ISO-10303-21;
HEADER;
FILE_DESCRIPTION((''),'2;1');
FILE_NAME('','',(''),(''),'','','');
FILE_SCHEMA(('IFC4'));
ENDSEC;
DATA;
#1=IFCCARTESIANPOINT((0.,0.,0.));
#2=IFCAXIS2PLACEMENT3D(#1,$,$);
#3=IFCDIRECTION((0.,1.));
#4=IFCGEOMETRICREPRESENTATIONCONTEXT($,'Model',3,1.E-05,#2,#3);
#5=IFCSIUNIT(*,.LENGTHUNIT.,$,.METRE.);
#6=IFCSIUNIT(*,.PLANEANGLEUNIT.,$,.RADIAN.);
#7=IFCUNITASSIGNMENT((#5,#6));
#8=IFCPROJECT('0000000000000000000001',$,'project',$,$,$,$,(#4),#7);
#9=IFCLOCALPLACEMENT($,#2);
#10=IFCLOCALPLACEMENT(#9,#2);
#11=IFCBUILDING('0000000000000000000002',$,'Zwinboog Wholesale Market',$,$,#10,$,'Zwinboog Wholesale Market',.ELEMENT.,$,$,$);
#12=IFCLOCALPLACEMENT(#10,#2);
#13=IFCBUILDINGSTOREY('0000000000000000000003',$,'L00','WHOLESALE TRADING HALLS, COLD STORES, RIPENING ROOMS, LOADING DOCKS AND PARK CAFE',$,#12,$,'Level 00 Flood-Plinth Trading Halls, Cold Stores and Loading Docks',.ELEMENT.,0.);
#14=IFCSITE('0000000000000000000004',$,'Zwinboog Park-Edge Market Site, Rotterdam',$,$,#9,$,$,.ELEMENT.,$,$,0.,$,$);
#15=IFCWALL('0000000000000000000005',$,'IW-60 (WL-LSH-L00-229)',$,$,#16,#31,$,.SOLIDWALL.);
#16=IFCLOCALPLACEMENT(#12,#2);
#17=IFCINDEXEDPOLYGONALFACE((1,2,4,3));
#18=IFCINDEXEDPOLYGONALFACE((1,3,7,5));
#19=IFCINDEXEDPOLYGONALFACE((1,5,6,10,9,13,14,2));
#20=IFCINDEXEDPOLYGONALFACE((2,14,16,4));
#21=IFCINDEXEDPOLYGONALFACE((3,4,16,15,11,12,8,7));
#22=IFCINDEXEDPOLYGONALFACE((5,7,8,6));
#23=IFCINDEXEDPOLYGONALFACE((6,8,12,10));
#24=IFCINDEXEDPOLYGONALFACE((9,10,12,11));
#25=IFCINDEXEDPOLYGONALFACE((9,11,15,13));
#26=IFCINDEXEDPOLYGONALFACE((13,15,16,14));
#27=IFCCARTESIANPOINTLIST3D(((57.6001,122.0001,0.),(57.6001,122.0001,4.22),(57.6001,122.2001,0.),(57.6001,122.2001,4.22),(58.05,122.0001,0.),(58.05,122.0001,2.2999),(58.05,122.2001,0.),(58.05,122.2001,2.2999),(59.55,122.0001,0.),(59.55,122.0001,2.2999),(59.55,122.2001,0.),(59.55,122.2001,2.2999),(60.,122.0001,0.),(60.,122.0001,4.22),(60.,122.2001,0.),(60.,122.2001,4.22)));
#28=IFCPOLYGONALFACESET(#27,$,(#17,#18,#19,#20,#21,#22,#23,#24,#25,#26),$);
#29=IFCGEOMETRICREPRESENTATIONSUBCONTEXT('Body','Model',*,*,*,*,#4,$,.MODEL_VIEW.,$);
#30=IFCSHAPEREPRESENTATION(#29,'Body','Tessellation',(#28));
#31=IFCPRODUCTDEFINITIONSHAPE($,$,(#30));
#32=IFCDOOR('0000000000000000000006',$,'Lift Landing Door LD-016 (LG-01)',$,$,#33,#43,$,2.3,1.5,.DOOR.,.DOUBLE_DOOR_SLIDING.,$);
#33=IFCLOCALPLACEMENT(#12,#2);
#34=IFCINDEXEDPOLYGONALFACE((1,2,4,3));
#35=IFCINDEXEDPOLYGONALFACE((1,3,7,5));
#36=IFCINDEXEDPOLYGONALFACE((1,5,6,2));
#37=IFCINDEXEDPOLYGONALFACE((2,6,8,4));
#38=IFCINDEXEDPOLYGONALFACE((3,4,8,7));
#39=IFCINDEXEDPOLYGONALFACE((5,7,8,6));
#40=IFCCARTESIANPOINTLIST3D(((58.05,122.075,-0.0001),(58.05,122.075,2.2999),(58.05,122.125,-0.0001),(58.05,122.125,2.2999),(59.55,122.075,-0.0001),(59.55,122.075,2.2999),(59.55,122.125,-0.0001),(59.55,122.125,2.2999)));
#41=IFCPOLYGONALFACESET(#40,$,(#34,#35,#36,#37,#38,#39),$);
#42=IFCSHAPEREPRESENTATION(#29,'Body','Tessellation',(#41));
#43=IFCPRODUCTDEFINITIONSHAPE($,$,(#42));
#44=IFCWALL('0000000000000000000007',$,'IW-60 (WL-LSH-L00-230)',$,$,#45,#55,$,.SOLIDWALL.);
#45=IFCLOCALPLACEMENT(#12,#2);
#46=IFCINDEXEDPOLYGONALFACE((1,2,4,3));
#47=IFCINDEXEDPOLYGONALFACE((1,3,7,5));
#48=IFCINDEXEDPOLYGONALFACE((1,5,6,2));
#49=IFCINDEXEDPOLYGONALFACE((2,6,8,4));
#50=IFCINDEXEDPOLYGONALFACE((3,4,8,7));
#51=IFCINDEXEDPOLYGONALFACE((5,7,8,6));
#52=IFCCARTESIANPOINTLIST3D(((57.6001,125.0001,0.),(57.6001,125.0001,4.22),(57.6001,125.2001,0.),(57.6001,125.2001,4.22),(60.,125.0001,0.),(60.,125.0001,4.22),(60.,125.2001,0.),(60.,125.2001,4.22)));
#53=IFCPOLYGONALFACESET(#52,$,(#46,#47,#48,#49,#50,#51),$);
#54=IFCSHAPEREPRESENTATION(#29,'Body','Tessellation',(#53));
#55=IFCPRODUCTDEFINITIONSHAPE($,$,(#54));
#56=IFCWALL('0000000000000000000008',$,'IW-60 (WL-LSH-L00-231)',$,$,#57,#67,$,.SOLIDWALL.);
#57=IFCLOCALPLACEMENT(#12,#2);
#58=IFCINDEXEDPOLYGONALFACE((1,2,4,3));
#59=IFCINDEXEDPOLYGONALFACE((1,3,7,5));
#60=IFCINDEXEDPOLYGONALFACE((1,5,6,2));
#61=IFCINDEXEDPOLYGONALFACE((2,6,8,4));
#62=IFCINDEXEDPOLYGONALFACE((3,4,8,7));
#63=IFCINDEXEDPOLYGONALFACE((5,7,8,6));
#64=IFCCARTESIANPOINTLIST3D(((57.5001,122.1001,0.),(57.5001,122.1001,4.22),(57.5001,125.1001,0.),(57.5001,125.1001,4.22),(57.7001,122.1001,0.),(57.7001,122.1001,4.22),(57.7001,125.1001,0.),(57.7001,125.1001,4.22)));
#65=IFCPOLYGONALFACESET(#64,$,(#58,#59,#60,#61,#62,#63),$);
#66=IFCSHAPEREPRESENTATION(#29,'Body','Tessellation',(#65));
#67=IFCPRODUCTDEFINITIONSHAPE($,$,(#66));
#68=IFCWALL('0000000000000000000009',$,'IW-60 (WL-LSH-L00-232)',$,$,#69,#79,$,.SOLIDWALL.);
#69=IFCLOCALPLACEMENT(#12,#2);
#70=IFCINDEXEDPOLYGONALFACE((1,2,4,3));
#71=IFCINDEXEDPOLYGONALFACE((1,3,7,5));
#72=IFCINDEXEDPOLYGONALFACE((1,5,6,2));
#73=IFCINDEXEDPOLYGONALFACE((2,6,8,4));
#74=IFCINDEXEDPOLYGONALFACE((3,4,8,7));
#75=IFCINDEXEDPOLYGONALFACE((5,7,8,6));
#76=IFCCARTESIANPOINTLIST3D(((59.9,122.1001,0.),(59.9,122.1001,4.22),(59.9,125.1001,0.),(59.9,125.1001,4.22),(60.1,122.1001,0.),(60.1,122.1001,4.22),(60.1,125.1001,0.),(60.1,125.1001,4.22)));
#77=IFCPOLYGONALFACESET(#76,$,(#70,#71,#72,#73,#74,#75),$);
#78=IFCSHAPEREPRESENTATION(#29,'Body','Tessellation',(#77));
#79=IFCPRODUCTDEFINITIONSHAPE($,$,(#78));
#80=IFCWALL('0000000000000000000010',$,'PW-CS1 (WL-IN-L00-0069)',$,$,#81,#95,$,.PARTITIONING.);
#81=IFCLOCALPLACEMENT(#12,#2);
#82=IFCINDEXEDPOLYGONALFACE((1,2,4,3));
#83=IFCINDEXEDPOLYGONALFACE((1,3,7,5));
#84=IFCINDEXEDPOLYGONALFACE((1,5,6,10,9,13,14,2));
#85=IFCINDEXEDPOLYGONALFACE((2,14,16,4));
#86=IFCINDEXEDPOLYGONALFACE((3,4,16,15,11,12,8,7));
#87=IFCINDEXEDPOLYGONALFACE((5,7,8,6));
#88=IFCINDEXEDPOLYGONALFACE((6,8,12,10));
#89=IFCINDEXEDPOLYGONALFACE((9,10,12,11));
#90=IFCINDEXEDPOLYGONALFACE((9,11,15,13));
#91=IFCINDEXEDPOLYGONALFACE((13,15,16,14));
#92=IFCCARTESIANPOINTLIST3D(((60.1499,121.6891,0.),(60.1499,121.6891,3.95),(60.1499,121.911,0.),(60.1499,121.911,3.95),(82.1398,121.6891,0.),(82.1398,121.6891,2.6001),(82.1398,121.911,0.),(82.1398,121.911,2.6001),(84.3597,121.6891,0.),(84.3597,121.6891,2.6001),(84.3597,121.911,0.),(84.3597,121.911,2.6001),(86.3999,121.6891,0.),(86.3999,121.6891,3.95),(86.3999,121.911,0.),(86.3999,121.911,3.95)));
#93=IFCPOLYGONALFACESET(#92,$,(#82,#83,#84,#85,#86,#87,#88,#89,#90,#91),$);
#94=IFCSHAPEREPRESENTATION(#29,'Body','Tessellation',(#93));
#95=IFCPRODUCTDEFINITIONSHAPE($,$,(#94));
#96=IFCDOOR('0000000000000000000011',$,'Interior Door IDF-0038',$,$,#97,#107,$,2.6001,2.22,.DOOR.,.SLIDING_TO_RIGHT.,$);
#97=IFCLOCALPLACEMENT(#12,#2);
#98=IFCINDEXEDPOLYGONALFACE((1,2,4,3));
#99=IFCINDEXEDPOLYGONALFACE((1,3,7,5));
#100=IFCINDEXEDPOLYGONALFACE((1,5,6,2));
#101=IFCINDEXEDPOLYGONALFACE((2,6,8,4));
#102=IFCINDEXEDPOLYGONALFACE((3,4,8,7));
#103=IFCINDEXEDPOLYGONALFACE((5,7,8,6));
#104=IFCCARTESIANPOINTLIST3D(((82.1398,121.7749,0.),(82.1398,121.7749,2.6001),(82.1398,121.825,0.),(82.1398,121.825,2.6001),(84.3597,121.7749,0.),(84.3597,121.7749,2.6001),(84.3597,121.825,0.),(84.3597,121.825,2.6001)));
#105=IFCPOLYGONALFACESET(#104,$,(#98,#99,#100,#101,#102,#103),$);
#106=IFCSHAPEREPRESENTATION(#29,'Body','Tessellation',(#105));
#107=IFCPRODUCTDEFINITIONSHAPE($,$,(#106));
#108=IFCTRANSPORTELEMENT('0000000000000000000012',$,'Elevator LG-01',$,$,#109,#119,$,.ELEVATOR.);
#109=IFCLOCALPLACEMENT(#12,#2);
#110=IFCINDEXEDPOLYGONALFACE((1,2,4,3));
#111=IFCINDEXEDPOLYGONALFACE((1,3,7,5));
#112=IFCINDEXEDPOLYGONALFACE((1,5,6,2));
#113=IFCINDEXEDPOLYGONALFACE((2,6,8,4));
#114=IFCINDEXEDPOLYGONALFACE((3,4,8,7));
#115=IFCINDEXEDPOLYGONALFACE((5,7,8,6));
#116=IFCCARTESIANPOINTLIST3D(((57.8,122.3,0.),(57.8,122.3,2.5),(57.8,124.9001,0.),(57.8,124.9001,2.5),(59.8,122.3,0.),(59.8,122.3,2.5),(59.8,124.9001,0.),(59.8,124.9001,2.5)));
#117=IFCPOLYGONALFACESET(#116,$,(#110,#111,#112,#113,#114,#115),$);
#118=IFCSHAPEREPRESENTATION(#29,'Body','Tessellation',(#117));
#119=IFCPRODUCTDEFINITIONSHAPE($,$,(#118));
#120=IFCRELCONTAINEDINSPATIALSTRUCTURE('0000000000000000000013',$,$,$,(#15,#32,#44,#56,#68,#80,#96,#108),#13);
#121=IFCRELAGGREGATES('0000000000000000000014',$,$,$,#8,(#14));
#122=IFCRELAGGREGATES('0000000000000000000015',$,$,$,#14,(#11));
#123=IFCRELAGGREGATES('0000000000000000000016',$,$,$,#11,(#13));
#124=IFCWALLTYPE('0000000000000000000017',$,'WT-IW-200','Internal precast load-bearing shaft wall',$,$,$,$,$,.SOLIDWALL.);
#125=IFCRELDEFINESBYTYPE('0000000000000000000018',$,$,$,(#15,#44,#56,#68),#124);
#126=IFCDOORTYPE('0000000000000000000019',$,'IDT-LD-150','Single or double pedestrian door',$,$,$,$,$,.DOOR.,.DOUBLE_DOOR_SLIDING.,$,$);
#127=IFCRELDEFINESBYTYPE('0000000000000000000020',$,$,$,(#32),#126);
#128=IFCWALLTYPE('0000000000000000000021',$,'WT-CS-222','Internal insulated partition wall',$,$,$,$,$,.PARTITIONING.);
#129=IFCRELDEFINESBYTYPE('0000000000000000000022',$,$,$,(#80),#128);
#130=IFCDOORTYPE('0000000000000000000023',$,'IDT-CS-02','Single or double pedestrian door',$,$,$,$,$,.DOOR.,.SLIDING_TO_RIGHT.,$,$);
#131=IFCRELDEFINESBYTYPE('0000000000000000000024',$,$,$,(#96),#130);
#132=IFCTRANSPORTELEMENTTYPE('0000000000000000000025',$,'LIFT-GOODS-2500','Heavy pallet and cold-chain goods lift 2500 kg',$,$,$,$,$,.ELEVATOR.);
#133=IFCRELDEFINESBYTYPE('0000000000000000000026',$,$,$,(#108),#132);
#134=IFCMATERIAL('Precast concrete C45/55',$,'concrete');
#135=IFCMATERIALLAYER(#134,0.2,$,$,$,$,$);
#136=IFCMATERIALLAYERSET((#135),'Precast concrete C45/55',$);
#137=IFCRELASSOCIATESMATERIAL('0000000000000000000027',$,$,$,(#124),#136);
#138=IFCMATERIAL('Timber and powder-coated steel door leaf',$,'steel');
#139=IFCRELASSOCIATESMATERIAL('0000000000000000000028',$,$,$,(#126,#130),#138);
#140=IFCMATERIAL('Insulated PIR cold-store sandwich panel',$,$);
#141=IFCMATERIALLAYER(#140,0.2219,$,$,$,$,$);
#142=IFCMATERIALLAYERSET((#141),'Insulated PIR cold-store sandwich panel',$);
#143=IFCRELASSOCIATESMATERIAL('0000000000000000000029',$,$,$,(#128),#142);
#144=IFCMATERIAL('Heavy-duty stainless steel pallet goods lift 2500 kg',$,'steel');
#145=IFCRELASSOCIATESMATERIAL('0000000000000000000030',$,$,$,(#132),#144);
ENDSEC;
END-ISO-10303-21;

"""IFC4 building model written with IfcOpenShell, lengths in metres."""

from ifc_helpers import new_model, si_unit, direction, frame, frame_2d, origin, origin_2d, place, context, subcontext, project, spatial, rectangle, extrude, material, layer, layer_set, type_object, element, fill, save


model = new_model("IFC4")

# Units and contexts
model_context = context("Model", 3, precision=1e-05, world=origin(), true_north=direction((0.0, 1.0)))
body_context = subcontext(model_context, "Body", "Model", "MODEL_VIEW")
ifc_project = project(units=[si_unit("LENGTHUNIT", "METRE"), si_unit("PLANEANGLEUNIT", "RADIAN")], contexts=[model_context])

# Site, building, storey
site_placement = place(None, origin())
site = spatial("IfcSite", under=ifc_project, at=site_placement, Name="Zwinboog Park-Edge Market Site, Rotterdam", CompositionType="ELEMENT", RefElevation=0.0)
building_placement = place(site_placement, origin())
building = spatial("IfcBuilding", under=site, at=building_placement, Name="Zwinboog Wholesale Market", LongName="Zwinboog Wholesale Market", CompositionType="ELEMENT")
storey_placement = place(building_placement, origin())
storey = spatial("IfcBuildingStorey", under=building, at=storey_placement, Name="L00", Description="WHOLESALE TRADING HALLS, COLD STORES, RIPENING ROOMS, LOADING DOCKS AND PARK CAFE", LongName="Level 00 Flood-Plinth Trading Halls, Cold Stores and Loading Docks", CompositionType="ELEMENT", Elevation=0.0)

# Shared definitions
ifc_material_1 = material(Name="Precast concrete C45/55", Category="concrete")

# Wall, opening, door
ifc_layer_1 = layer(ifc_material_1, 0.2)
ifc_layer_set_1 = layer_set([ifc_layer_1], Name="Precast concrete C45/55")
wall_type_1 = type_object("IfcWallType", Name="WT-IW-200", Description="Internal precast load-bearing shaft wall", PredefinedType="SOLIDWALL", material=ifc_layer_set_1)
wall_1_placement = place(storey_placement, frame((57.6001, 122.1001, 0.0), z_axis=(0.0, 0.0, 1.0), x_axis=(1.0, 0.0, 0.0)))
wall_1 = element("IfcWall", 1, at=wall_1_placement, inside=storey, type_object=wall_type_1, Name="IW-60 (WL-LSH-L00-229)", PredefinedType="SOLIDWALL", context=body_context, shape_type="SweptSolid", body=[
    extrude(rectangle(XDim=2.3999, YDim=0.2, at=frame_2d((1.2, 0.0))), origin(), (0.0, 0.0, 1.0), 4.22),
])
opening_1_placement = place(wall_1_placement, frame((0.45, 0.0, 0.0)))
opening_1 = element("IfcOpeningElement", 2, at=opening_1_placement, cuts=wall_1, PredefinedType="OPENING", context=body_context, shape_type="SweptSolid", body=[
    extrude(rectangle(XDim=1.5, YDim=2.3, at=frame_2d((0.75, 1.1499))), frame((0.0, 0.1099, 0.0), z_axis=(0.0, -1.0, 0.0), x_axis=(1.0, 0.0, 0.0)), (0.0, 0.0, 1.0), 0.22),
])
ifc_material_2 = material(Name="Timber and powder-coated steel door leaf", Category="steel")
door_type_1 = type_object("IfcDoorType", Name="IDT-LD-150", Description="Single or double pedestrian door", OperationType="DOUBLE_DOOR_SLIDING", PredefinedType="DOOR", material=ifc_material_2)
door_1_placement = place(opening_1_placement, origin())
door_1 = element("IfcDoor", 3, at=door_1_placement, inside=storey, type_object=door_type_1, Name="Lift Landing Door LD-016 (LG-01)", OperationType="DOUBLE_DOOR_SLIDING", OverallHeight=2.3, OverallWidth=1.5, PredefinedType="DOOR", context=body_context, shape_type="SweptSolid", body=[
    extrude(rectangle(XDim=1.5, YDim=2.3, at=frame_2d((0.75, 1.1499))), frame((0.0, 0.0249, 0.0), z_axis=(0.0, -1.0, 0.0), x_axis=(1.0, 0.0, 0.0)), (0.0, 0.0, 1.0), 0.05),
])
fill(opening_1, door_1)

# Walls
wall_2_placement = place(storey_placement, frame((57.6001, 125.1001, 0.0), z_axis=(0.0, 0.0, 1.0), x_axis=(1.0, 0.0, 0.0)))
element("IfcWall", 4, at=wall_2_placement, inside=storey, type_object=wall_type_1, Name="IW-60 (WL-LSH-L00-230)", PredefinedType="SOLIDWALL", context=body_context, shape_type="SweptSolid", body=[
    extrude(rectangle(XDim=2.3999, YDim=0.2, at=frame_2d((1.2, 0.0))), origin(), (0.0, 0.0, 1.0), 4.22),
])
for number, where, z_axis, x_axis, name in (
    (5, (57.6001, 122.1001, 0.0), (0.0, 0.0, 1.0), (0.0, 1.0, 0.0), "IW-60 (WL-LSH-L00-231)"),
    (6, (60.0, 122.1001, 0.0), (0.0, 0.0, 1.0), (0.0, 1.0, 0.0), "IW-60 (WL-LSH-L00-232)"),
):
    element("IfcWall", number, at=place(storey_placement, frame(where, z_axis=z_axis, x_axis=x_axis)), inside=storey, type_object=wall_type_1, Name=name, PredefinedType="SOLIDWALL", context=body_context, shape_type="SweptSolid", body=[
        extrude(rectangle(XDim=3.0, YDim=0.2, at=frame_2d((1.5, 0.0))), origin(), (0.0, 0.0, 1.0), 4.22),
    ])

# Wall, opening, door
ifc_material_3 = material(Name="Insulated PIR cold-store sandwich panel")
ifc_layer_2 = layer(ifc_material_3, 0.2219)
ifc_layer_set_2 = layer_set([ifc_layer_2], Name="Insulated PIR cold-store sandwich panel")
wall_type_2 = type_object("IfcWallType", Name="WT-CS-222", Description="Internal insulated partition wall", PredefinedType="PARTITIONING", material=ifc_layer_set_2)
wall_3_placement = place(storey_placement, frame((60.1499, 121.8, 0.0), z_axis=(0.0, 0.0, 1.0), x_axis=(1.0, 0.0, 0.0)))
wall_3 = element("IfcWall", 7, at=wall_3_placement, inside=storey, type_object=wall_type_2, Name="PW-CS1 (WL-IN-L00-0069)", PredefinedType="PARTITIONING", context=body_context, shape_type="SweptSolid", body=[
    extrude(rectangle(XDim=26.25, YDim=0.2219, at=frame_2d((13.125, 0.0))), origin(), (0.0, 0.0, 1.0), 3.95),
])
opening_2_placement = place(wall_3_placement, frame((21.99, 0.0, 0.0)))
opening_2 = element("IfcOpeningElement", 8, at=opening_2_placement, cuts=wall_3, PredefinedType="OPENING", context=body_context, shape_type="SweptSolid", body=[
    extrude(rectangle(XDim=2.22, YDim=2.6001, at=frame_2d((1.1099, 1.3))), frame((0.0, 0.1208, 0.0), z_axis=(0.0, -1.0, 0.0), x_axis=(1.0, 0.0, 0.0)), (0.0, 0.0, 1.0), 0.2419),
])
door_type_2 = type_object("IfcDoorType", Name="IDT-CS-02", Description="Single or double pedestrian door", OperationType="SLIDING_TO_RIGHT", PredefinedType="DOOR", material=ifc_material_2)
door_2_placement = place(opening_2_placement, origin())
door_2 = element("IfcDoor", 9, at=door_2_placement, inside=storey, type_object=door_type_2, Name="Interior Door IDF-0038", OperationType="SLIDING_TO_RIGHT", OverallHeight=2.6001, OverallWidth=2.22, PredefinedType="DOOR", context=body_context, shape_type="SweptSolid", body=[
    extrude(rectangle(XDim=2.22, YDim=2.6001, at=frame_2d((1.1099, 1.3))), frame((0.0, 0.0249, 0.0), z_axis=(0.0, -1.0, 0.0), x_axis=(1.0, 0.0, 0.0)), (0.0, 0.0, 1.0), 0.05),
])
fill(opening_2, door_2)

# Transport element
ifc_material_4 = material(Name="Heavy-duty stainless steel pallet goods lift 2500 kg", Category="steel")
transport_element_type = type_object("IfcTransportElementType", Name="LIFT-GOODS-2500", Description="Heavy pallet and cold-chain goods lift 2500 kg", PredefinedType="ELEVATOR", material=ifc_material_4)
transport_element_placement = place(storey_placement, frame((58.8, 123.6001, 0.0), z_axis=(0.0, 0.0, 1.0), x_axis=(1.0, 0.0, 0.0)))
element("IfcTransportElement", 10, at=transport_element_placement, inside=storey, type_object=transport_element_type, Name="Elevator LG-01", PredefinedType="ELEVATOR", context=body_context, shape_type="SweptSolid", body=[
    extrude(rectangle(XDim=2.0, YDim=2.6001, at=origin_2d()), origin(), (0.0, 0.0, 1.0), 2.5),
])

save(model, "model.ifc")
